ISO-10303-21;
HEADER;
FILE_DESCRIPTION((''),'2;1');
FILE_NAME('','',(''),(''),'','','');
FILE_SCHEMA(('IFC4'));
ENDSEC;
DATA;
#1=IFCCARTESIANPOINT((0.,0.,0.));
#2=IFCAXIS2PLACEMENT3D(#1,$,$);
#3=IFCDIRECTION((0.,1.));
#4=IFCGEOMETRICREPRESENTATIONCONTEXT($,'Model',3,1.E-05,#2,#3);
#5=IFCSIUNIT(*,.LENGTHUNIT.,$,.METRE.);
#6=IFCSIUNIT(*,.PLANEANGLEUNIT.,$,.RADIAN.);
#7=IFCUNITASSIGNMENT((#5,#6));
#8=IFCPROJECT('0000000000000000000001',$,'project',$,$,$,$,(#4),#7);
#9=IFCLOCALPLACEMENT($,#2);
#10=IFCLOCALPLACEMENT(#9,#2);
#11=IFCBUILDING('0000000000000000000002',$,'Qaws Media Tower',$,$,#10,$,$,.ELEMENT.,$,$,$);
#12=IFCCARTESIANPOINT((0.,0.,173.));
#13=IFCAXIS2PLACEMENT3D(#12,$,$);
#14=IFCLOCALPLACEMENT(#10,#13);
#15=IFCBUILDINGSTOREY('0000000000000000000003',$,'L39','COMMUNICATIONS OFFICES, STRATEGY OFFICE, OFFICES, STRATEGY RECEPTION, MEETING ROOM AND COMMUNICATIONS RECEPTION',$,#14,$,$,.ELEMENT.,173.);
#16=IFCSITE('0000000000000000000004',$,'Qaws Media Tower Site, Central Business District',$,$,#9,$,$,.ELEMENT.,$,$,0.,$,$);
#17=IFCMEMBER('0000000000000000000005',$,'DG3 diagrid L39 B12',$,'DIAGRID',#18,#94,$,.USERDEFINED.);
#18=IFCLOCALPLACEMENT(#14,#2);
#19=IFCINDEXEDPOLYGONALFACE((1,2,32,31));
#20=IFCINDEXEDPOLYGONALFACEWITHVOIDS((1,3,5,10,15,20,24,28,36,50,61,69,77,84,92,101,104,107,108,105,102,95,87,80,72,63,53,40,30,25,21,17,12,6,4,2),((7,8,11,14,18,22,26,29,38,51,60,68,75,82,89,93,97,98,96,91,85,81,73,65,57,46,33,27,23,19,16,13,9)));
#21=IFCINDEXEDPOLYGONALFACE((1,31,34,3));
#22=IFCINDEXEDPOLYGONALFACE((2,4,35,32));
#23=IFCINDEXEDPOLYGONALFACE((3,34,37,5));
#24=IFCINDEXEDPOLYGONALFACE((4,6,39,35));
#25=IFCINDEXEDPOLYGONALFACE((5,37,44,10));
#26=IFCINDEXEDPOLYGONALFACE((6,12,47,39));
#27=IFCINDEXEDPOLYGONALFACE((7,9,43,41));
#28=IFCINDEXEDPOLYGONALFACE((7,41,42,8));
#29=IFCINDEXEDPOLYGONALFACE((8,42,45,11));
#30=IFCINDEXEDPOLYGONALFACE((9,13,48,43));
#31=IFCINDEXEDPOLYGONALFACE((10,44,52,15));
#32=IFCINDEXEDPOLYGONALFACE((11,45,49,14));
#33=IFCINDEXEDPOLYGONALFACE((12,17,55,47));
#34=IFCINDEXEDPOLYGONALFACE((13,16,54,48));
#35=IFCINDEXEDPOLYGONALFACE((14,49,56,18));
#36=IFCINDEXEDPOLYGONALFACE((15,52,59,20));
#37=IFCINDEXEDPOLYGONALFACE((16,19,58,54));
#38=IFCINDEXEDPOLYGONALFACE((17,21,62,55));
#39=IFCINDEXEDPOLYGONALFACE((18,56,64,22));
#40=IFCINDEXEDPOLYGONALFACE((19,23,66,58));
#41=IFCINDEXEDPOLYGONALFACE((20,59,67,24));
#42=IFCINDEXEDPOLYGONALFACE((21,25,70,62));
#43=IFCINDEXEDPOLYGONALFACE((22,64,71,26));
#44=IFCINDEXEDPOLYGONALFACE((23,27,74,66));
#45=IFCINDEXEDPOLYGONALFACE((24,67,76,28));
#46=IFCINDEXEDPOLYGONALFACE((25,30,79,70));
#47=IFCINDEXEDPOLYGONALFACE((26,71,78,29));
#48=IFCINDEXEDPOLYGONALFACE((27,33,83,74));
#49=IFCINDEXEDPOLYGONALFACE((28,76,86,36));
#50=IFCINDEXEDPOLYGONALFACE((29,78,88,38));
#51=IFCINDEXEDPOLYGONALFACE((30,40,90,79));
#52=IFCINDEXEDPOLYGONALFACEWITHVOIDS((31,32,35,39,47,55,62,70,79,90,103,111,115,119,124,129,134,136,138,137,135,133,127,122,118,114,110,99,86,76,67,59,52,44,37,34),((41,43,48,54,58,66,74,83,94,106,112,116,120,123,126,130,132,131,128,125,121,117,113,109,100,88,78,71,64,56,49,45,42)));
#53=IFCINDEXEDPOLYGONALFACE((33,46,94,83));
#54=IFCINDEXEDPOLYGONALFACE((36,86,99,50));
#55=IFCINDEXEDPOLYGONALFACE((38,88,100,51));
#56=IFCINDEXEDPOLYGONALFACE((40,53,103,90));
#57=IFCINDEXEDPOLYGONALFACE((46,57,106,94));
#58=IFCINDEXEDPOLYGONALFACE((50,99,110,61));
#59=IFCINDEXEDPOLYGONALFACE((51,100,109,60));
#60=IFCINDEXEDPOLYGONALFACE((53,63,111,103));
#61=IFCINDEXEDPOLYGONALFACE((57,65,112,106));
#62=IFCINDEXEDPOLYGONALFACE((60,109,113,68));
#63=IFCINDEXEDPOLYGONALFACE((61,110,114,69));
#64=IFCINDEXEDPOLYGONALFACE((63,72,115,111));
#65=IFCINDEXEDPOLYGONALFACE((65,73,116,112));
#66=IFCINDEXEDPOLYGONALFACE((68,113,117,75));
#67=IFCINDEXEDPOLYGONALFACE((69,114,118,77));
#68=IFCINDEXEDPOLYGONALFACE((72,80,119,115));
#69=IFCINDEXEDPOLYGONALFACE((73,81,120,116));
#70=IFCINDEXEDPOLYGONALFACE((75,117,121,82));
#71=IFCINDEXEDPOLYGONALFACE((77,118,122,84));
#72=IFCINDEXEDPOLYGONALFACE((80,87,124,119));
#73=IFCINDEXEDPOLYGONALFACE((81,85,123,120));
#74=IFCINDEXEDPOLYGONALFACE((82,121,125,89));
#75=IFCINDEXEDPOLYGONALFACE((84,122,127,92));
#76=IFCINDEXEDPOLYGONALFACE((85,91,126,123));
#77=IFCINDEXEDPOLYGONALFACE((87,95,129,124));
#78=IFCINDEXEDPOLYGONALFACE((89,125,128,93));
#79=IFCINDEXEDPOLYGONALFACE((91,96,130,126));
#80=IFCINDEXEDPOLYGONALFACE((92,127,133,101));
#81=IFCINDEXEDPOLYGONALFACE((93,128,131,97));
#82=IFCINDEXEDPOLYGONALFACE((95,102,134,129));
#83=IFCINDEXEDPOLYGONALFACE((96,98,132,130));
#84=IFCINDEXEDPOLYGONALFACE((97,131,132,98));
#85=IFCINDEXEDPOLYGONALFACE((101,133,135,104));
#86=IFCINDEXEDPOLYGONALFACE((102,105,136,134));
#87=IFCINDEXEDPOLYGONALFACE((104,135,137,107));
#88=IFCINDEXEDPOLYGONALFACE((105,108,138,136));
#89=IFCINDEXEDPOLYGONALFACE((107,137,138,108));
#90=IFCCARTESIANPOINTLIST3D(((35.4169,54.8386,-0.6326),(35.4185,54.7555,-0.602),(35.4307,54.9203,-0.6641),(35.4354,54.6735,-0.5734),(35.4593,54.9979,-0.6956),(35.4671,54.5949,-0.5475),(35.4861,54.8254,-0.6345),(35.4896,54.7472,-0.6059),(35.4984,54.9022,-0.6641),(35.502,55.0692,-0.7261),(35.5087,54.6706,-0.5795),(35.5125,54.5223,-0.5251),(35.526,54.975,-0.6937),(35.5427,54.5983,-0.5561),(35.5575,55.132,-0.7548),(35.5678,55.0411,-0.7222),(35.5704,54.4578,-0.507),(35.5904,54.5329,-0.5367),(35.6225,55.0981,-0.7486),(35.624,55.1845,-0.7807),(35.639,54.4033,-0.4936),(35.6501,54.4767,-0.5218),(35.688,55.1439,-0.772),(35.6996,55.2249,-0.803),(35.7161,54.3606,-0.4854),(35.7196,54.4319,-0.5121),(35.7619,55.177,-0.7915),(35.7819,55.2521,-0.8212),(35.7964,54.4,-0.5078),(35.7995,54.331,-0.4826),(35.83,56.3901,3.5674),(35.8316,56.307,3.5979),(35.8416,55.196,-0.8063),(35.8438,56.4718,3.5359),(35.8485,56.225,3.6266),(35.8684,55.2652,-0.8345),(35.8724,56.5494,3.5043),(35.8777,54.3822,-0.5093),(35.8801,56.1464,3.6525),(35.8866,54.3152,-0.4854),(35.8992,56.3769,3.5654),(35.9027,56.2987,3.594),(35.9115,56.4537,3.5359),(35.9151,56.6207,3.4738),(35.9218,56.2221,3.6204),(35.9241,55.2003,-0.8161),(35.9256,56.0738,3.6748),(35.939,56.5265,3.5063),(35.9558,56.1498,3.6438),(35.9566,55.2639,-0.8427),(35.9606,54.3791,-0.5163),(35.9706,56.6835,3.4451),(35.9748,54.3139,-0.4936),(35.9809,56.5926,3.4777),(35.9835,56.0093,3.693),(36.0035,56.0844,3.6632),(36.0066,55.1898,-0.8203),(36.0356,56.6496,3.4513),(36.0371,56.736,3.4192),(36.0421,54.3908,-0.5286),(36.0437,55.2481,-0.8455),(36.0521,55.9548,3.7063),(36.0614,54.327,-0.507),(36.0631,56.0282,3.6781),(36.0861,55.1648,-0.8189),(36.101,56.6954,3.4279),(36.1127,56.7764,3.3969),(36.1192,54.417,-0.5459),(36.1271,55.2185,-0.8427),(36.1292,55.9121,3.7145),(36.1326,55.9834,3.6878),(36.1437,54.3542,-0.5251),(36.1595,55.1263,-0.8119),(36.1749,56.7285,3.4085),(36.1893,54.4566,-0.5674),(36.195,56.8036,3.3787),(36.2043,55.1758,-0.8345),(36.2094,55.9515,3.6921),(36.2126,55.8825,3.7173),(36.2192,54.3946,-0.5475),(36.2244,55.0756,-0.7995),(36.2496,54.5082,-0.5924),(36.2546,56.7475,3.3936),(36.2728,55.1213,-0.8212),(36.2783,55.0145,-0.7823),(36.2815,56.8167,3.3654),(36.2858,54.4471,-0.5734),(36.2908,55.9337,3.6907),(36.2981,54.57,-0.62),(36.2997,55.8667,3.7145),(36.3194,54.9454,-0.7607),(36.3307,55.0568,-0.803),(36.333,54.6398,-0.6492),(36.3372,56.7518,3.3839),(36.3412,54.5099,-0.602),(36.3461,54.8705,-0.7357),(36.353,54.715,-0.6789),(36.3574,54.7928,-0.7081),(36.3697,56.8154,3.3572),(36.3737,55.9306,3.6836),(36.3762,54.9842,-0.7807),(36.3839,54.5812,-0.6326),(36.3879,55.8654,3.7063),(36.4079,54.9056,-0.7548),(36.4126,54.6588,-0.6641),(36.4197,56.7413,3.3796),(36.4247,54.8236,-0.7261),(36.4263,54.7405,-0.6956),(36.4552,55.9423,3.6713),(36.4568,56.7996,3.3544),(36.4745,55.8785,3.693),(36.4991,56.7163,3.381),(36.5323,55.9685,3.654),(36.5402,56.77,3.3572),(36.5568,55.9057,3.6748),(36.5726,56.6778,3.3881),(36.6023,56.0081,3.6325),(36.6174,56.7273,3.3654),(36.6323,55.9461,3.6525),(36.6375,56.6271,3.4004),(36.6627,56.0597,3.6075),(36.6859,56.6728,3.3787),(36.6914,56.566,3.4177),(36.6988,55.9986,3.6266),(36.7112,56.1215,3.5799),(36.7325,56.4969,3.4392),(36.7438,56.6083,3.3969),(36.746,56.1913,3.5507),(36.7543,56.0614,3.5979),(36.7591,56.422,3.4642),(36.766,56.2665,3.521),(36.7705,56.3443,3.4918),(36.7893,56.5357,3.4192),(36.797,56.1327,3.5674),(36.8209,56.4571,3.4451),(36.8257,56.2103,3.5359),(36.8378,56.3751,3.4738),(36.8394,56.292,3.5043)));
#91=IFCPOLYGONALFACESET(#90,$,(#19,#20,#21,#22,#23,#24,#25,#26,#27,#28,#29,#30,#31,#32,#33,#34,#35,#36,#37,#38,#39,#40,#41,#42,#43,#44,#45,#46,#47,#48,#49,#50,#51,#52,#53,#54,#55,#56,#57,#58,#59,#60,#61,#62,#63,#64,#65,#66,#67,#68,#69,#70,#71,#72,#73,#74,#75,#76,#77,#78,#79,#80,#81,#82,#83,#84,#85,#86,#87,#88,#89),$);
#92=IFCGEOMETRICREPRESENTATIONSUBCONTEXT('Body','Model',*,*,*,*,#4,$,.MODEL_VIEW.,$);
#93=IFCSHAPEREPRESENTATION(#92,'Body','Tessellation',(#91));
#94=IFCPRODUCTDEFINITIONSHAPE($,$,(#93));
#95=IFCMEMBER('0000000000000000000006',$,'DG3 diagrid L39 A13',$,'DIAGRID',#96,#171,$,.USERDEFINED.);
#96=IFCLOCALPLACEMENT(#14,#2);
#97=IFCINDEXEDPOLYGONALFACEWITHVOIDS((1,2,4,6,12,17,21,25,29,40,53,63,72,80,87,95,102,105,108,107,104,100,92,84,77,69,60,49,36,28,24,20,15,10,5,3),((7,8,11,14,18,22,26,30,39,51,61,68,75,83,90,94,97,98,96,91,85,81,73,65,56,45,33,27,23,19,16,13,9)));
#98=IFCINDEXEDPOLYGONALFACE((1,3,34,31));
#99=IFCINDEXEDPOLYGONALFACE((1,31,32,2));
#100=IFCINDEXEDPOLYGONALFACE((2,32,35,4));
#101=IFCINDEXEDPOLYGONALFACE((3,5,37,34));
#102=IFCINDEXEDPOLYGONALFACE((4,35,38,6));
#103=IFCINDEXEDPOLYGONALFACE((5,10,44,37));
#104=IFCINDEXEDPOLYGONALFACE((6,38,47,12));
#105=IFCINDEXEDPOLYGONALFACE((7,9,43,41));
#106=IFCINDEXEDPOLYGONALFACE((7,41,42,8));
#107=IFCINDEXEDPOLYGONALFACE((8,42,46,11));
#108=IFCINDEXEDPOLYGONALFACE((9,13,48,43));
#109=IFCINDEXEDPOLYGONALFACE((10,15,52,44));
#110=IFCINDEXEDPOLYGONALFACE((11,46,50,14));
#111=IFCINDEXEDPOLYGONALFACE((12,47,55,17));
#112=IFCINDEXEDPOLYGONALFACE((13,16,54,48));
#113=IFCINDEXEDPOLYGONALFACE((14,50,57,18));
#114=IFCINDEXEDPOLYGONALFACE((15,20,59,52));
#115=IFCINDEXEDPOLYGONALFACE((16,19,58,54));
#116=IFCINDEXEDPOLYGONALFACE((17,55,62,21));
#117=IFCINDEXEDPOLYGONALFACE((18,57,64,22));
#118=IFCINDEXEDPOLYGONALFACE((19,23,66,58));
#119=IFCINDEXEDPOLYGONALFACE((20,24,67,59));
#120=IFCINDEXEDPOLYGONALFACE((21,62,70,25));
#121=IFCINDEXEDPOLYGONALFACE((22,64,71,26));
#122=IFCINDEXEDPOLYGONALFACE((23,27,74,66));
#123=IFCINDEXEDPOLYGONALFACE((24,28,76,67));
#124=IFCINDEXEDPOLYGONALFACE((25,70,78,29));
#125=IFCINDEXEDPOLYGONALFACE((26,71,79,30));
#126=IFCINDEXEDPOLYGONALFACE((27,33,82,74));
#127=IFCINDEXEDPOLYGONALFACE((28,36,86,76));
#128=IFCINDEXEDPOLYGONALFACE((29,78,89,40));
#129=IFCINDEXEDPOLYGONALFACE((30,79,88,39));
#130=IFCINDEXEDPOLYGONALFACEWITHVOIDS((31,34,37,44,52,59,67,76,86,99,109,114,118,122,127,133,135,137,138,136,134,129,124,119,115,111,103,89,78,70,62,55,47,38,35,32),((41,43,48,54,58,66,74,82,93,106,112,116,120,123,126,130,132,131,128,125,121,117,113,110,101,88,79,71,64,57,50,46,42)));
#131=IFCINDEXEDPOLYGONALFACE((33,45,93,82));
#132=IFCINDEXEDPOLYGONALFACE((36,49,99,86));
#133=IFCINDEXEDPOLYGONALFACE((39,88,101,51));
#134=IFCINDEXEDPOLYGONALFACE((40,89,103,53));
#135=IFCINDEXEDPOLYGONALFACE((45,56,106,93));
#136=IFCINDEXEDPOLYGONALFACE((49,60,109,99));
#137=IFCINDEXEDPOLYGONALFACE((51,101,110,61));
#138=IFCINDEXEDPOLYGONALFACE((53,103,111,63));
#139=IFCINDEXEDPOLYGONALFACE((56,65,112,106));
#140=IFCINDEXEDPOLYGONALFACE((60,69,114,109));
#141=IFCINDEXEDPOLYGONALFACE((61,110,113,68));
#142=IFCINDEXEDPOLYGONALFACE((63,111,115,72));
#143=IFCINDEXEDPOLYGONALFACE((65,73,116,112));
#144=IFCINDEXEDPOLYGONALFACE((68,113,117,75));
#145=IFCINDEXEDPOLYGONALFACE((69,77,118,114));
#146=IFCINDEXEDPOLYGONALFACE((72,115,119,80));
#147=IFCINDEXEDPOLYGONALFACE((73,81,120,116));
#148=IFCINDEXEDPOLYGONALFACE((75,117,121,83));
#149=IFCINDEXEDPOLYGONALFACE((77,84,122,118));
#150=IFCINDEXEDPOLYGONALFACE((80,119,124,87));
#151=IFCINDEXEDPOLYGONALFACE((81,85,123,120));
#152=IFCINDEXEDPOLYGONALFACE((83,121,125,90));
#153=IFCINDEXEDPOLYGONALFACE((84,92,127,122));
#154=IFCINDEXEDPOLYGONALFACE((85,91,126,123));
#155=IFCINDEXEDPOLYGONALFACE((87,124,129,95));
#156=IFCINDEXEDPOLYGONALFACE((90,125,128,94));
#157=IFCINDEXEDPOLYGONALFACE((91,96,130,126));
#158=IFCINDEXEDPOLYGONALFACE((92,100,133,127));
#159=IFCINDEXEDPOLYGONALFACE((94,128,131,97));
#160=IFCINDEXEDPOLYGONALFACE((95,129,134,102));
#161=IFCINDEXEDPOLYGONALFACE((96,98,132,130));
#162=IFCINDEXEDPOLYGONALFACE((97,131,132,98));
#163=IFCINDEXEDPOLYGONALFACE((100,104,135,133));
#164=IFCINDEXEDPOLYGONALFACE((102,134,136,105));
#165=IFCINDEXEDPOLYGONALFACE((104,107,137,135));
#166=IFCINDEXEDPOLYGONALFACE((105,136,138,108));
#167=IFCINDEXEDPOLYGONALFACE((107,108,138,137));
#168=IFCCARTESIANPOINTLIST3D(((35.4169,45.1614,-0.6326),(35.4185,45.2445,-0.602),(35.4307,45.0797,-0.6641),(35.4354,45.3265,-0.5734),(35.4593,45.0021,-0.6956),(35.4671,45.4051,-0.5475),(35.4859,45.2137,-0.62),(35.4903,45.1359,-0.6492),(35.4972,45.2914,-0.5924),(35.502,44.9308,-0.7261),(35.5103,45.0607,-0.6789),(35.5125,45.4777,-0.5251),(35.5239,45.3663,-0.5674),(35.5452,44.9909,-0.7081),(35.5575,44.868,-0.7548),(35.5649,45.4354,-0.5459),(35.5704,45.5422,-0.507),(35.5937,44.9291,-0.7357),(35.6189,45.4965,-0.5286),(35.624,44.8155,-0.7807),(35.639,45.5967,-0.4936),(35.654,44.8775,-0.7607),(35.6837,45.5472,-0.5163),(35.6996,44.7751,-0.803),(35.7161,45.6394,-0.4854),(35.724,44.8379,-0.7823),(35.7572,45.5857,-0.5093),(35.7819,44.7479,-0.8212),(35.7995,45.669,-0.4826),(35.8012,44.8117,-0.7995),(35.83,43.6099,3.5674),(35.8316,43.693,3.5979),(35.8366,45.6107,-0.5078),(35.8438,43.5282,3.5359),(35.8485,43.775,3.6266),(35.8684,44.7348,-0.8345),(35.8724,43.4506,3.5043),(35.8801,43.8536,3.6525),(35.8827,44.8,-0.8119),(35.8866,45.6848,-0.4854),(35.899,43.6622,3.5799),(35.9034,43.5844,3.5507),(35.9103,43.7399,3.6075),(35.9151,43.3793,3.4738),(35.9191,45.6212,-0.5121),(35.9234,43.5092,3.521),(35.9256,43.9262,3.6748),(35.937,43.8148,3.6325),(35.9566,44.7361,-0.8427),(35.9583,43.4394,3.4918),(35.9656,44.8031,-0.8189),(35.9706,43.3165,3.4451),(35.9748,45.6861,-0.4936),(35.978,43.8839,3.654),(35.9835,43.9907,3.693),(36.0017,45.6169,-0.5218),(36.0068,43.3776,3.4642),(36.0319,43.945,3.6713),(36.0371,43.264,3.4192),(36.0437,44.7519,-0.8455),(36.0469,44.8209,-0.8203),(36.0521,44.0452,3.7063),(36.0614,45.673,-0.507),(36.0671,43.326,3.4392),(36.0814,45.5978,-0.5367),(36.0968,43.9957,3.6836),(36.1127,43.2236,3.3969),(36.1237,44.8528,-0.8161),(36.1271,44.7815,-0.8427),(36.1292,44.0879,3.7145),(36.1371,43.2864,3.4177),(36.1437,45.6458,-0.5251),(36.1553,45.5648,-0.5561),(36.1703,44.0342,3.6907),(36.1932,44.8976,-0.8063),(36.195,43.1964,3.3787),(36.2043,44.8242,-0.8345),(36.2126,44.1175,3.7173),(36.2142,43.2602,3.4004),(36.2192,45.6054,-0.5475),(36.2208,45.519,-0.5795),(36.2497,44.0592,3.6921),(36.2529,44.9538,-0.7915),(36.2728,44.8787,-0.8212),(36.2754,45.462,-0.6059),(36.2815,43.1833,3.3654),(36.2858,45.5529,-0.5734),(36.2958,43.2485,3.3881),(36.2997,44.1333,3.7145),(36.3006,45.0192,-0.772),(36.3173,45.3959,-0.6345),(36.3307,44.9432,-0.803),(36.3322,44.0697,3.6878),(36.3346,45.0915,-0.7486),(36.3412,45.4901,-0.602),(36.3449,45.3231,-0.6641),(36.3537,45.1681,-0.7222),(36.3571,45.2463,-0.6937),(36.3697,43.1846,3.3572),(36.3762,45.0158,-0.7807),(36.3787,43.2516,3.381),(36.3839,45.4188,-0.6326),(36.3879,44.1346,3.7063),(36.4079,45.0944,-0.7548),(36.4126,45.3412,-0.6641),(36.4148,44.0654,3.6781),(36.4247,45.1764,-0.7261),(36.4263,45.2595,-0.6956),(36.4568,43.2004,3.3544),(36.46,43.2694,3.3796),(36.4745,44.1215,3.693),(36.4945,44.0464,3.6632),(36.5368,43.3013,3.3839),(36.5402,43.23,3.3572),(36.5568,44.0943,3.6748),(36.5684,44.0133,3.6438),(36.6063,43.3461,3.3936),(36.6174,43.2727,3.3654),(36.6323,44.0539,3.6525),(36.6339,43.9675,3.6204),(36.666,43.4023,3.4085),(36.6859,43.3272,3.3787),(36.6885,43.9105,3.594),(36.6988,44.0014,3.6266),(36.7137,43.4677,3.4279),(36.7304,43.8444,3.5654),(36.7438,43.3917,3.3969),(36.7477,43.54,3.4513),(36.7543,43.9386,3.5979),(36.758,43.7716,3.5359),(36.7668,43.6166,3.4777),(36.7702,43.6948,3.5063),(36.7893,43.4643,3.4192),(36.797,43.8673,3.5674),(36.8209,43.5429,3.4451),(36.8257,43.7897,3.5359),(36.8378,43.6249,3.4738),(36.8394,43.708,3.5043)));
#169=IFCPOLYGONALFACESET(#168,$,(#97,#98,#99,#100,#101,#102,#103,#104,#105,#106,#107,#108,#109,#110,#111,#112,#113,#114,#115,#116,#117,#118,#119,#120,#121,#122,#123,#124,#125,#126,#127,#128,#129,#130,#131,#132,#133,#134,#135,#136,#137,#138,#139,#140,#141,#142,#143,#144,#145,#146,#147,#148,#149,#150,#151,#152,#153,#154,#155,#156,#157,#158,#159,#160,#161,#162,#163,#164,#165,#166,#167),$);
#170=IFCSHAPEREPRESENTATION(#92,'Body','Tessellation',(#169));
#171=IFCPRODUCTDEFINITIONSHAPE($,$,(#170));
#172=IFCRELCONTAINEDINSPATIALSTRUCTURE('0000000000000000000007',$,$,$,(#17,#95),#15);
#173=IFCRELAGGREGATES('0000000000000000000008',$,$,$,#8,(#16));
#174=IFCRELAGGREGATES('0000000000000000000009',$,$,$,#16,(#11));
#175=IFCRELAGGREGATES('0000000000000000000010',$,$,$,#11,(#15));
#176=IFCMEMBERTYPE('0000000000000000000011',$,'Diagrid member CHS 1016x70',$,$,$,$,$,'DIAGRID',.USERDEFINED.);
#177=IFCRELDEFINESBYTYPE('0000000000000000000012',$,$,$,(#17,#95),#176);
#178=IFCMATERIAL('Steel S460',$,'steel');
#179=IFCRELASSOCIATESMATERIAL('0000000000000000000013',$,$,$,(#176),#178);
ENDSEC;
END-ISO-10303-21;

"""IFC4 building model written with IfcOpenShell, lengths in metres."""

from ifc_helpers import new_model, si_unit, direction, frame, origin, origin_2d, place, context, subcontext, project, spatial, hollow_circle, extrude, material, material_profile, profile_set, type_object, element, save


model = new_model("IFC4")

# Units and contexts
model_context = context("Model", 3, precision=1e-05, world=origin(), true_north=direction((0.0, 1.0)))
body_context = subcontext(model_context, "Body", "Model", "MODEL_VIEW")
ifc_project = project(units=[si_unit("LENGTHUNIT", "METRE"), si_unit("PLANEANGLEUNIT", "RADIAN")], contexts=[model_context])

# Site, building, storey
site_placement = place(None, origin())
site = spatial("IfcSite", under=ifc_project, at=site_placement, Name="Qaws Media Tower Site, Central Business District", CompositionType="ELEMENT", RefElevation=0.0)
building_placement = place(site_placement, origin())
building = spatial("IfcBuilding", under=site, at=building_placement, Name="Qaws Media Tower", CompositionType="ELEMENT")
storey_placement = place(building_placement, frame((0.0, 0.0, 173.0)))
storey = spatial("IfcBuildingStorey", under=building, at=storey_placement, Name="L39", Description="COMMUNICATIONS OFFICES, STRATEGY OFFICE, OFFICES, STRATEGY RECEPTION, MEETING ROOM AND COMMUNICATIONS RECEPTION", CompositionType="ELEMENT", Elevation=173.0)

# Members
ifc_material_1 = material(Name="Steel S460", Category="steel")
ifc_material_profile_1 = material_profile(ifc_material_1, hollow_circle(Radius=0.5081, WallThickness=0.0701, at=origin_2d()), Name="CHS 1016x70")
ifc_profile_set_1 = profile_set([ifc_material_profile_1], Name="Steel S460")
member_type_1 = type_object("IfcMemberType", Name="Diagrid member CHS 1016x70", ElementType="DIAGRID", PredefinedType="USERDEFINED", material=ifc_profile_set_1)
for number, where, z_axis, x_axis, name in (
    (1, (35.9216, 54.7896, -0.6641), (0.091871, 0.345058, 0.934074), (-0.966336, 0.257284, 0.0), "DG3 diagrid L39 B12"),
    (2, (35.9216, 45.2104, -0.6641), (0.091871, -0.345058, 0.934074), (0.966336, 0.257284, 0.0), "DG3 diagrid L39 A13"),
):
    element("IfcMember", number, at=place(storey_placement, frame(where, z_axis=z_axis, x_axis=x_axis)), inside=storey, type_object=member_type_1, Name=name, ObjectType="DIAGRID", PredefinedType="USERDEFINED", context=body_context, shape_type="SweptSolid", body=[
        extrude(hollow_circle(Radius=0.5081, WallThickness=0.0701, at=origin_2d()), origin(), (0.0, 0.0, 1.0), 4.4963),
    ])

save(model, "model.ifc")
